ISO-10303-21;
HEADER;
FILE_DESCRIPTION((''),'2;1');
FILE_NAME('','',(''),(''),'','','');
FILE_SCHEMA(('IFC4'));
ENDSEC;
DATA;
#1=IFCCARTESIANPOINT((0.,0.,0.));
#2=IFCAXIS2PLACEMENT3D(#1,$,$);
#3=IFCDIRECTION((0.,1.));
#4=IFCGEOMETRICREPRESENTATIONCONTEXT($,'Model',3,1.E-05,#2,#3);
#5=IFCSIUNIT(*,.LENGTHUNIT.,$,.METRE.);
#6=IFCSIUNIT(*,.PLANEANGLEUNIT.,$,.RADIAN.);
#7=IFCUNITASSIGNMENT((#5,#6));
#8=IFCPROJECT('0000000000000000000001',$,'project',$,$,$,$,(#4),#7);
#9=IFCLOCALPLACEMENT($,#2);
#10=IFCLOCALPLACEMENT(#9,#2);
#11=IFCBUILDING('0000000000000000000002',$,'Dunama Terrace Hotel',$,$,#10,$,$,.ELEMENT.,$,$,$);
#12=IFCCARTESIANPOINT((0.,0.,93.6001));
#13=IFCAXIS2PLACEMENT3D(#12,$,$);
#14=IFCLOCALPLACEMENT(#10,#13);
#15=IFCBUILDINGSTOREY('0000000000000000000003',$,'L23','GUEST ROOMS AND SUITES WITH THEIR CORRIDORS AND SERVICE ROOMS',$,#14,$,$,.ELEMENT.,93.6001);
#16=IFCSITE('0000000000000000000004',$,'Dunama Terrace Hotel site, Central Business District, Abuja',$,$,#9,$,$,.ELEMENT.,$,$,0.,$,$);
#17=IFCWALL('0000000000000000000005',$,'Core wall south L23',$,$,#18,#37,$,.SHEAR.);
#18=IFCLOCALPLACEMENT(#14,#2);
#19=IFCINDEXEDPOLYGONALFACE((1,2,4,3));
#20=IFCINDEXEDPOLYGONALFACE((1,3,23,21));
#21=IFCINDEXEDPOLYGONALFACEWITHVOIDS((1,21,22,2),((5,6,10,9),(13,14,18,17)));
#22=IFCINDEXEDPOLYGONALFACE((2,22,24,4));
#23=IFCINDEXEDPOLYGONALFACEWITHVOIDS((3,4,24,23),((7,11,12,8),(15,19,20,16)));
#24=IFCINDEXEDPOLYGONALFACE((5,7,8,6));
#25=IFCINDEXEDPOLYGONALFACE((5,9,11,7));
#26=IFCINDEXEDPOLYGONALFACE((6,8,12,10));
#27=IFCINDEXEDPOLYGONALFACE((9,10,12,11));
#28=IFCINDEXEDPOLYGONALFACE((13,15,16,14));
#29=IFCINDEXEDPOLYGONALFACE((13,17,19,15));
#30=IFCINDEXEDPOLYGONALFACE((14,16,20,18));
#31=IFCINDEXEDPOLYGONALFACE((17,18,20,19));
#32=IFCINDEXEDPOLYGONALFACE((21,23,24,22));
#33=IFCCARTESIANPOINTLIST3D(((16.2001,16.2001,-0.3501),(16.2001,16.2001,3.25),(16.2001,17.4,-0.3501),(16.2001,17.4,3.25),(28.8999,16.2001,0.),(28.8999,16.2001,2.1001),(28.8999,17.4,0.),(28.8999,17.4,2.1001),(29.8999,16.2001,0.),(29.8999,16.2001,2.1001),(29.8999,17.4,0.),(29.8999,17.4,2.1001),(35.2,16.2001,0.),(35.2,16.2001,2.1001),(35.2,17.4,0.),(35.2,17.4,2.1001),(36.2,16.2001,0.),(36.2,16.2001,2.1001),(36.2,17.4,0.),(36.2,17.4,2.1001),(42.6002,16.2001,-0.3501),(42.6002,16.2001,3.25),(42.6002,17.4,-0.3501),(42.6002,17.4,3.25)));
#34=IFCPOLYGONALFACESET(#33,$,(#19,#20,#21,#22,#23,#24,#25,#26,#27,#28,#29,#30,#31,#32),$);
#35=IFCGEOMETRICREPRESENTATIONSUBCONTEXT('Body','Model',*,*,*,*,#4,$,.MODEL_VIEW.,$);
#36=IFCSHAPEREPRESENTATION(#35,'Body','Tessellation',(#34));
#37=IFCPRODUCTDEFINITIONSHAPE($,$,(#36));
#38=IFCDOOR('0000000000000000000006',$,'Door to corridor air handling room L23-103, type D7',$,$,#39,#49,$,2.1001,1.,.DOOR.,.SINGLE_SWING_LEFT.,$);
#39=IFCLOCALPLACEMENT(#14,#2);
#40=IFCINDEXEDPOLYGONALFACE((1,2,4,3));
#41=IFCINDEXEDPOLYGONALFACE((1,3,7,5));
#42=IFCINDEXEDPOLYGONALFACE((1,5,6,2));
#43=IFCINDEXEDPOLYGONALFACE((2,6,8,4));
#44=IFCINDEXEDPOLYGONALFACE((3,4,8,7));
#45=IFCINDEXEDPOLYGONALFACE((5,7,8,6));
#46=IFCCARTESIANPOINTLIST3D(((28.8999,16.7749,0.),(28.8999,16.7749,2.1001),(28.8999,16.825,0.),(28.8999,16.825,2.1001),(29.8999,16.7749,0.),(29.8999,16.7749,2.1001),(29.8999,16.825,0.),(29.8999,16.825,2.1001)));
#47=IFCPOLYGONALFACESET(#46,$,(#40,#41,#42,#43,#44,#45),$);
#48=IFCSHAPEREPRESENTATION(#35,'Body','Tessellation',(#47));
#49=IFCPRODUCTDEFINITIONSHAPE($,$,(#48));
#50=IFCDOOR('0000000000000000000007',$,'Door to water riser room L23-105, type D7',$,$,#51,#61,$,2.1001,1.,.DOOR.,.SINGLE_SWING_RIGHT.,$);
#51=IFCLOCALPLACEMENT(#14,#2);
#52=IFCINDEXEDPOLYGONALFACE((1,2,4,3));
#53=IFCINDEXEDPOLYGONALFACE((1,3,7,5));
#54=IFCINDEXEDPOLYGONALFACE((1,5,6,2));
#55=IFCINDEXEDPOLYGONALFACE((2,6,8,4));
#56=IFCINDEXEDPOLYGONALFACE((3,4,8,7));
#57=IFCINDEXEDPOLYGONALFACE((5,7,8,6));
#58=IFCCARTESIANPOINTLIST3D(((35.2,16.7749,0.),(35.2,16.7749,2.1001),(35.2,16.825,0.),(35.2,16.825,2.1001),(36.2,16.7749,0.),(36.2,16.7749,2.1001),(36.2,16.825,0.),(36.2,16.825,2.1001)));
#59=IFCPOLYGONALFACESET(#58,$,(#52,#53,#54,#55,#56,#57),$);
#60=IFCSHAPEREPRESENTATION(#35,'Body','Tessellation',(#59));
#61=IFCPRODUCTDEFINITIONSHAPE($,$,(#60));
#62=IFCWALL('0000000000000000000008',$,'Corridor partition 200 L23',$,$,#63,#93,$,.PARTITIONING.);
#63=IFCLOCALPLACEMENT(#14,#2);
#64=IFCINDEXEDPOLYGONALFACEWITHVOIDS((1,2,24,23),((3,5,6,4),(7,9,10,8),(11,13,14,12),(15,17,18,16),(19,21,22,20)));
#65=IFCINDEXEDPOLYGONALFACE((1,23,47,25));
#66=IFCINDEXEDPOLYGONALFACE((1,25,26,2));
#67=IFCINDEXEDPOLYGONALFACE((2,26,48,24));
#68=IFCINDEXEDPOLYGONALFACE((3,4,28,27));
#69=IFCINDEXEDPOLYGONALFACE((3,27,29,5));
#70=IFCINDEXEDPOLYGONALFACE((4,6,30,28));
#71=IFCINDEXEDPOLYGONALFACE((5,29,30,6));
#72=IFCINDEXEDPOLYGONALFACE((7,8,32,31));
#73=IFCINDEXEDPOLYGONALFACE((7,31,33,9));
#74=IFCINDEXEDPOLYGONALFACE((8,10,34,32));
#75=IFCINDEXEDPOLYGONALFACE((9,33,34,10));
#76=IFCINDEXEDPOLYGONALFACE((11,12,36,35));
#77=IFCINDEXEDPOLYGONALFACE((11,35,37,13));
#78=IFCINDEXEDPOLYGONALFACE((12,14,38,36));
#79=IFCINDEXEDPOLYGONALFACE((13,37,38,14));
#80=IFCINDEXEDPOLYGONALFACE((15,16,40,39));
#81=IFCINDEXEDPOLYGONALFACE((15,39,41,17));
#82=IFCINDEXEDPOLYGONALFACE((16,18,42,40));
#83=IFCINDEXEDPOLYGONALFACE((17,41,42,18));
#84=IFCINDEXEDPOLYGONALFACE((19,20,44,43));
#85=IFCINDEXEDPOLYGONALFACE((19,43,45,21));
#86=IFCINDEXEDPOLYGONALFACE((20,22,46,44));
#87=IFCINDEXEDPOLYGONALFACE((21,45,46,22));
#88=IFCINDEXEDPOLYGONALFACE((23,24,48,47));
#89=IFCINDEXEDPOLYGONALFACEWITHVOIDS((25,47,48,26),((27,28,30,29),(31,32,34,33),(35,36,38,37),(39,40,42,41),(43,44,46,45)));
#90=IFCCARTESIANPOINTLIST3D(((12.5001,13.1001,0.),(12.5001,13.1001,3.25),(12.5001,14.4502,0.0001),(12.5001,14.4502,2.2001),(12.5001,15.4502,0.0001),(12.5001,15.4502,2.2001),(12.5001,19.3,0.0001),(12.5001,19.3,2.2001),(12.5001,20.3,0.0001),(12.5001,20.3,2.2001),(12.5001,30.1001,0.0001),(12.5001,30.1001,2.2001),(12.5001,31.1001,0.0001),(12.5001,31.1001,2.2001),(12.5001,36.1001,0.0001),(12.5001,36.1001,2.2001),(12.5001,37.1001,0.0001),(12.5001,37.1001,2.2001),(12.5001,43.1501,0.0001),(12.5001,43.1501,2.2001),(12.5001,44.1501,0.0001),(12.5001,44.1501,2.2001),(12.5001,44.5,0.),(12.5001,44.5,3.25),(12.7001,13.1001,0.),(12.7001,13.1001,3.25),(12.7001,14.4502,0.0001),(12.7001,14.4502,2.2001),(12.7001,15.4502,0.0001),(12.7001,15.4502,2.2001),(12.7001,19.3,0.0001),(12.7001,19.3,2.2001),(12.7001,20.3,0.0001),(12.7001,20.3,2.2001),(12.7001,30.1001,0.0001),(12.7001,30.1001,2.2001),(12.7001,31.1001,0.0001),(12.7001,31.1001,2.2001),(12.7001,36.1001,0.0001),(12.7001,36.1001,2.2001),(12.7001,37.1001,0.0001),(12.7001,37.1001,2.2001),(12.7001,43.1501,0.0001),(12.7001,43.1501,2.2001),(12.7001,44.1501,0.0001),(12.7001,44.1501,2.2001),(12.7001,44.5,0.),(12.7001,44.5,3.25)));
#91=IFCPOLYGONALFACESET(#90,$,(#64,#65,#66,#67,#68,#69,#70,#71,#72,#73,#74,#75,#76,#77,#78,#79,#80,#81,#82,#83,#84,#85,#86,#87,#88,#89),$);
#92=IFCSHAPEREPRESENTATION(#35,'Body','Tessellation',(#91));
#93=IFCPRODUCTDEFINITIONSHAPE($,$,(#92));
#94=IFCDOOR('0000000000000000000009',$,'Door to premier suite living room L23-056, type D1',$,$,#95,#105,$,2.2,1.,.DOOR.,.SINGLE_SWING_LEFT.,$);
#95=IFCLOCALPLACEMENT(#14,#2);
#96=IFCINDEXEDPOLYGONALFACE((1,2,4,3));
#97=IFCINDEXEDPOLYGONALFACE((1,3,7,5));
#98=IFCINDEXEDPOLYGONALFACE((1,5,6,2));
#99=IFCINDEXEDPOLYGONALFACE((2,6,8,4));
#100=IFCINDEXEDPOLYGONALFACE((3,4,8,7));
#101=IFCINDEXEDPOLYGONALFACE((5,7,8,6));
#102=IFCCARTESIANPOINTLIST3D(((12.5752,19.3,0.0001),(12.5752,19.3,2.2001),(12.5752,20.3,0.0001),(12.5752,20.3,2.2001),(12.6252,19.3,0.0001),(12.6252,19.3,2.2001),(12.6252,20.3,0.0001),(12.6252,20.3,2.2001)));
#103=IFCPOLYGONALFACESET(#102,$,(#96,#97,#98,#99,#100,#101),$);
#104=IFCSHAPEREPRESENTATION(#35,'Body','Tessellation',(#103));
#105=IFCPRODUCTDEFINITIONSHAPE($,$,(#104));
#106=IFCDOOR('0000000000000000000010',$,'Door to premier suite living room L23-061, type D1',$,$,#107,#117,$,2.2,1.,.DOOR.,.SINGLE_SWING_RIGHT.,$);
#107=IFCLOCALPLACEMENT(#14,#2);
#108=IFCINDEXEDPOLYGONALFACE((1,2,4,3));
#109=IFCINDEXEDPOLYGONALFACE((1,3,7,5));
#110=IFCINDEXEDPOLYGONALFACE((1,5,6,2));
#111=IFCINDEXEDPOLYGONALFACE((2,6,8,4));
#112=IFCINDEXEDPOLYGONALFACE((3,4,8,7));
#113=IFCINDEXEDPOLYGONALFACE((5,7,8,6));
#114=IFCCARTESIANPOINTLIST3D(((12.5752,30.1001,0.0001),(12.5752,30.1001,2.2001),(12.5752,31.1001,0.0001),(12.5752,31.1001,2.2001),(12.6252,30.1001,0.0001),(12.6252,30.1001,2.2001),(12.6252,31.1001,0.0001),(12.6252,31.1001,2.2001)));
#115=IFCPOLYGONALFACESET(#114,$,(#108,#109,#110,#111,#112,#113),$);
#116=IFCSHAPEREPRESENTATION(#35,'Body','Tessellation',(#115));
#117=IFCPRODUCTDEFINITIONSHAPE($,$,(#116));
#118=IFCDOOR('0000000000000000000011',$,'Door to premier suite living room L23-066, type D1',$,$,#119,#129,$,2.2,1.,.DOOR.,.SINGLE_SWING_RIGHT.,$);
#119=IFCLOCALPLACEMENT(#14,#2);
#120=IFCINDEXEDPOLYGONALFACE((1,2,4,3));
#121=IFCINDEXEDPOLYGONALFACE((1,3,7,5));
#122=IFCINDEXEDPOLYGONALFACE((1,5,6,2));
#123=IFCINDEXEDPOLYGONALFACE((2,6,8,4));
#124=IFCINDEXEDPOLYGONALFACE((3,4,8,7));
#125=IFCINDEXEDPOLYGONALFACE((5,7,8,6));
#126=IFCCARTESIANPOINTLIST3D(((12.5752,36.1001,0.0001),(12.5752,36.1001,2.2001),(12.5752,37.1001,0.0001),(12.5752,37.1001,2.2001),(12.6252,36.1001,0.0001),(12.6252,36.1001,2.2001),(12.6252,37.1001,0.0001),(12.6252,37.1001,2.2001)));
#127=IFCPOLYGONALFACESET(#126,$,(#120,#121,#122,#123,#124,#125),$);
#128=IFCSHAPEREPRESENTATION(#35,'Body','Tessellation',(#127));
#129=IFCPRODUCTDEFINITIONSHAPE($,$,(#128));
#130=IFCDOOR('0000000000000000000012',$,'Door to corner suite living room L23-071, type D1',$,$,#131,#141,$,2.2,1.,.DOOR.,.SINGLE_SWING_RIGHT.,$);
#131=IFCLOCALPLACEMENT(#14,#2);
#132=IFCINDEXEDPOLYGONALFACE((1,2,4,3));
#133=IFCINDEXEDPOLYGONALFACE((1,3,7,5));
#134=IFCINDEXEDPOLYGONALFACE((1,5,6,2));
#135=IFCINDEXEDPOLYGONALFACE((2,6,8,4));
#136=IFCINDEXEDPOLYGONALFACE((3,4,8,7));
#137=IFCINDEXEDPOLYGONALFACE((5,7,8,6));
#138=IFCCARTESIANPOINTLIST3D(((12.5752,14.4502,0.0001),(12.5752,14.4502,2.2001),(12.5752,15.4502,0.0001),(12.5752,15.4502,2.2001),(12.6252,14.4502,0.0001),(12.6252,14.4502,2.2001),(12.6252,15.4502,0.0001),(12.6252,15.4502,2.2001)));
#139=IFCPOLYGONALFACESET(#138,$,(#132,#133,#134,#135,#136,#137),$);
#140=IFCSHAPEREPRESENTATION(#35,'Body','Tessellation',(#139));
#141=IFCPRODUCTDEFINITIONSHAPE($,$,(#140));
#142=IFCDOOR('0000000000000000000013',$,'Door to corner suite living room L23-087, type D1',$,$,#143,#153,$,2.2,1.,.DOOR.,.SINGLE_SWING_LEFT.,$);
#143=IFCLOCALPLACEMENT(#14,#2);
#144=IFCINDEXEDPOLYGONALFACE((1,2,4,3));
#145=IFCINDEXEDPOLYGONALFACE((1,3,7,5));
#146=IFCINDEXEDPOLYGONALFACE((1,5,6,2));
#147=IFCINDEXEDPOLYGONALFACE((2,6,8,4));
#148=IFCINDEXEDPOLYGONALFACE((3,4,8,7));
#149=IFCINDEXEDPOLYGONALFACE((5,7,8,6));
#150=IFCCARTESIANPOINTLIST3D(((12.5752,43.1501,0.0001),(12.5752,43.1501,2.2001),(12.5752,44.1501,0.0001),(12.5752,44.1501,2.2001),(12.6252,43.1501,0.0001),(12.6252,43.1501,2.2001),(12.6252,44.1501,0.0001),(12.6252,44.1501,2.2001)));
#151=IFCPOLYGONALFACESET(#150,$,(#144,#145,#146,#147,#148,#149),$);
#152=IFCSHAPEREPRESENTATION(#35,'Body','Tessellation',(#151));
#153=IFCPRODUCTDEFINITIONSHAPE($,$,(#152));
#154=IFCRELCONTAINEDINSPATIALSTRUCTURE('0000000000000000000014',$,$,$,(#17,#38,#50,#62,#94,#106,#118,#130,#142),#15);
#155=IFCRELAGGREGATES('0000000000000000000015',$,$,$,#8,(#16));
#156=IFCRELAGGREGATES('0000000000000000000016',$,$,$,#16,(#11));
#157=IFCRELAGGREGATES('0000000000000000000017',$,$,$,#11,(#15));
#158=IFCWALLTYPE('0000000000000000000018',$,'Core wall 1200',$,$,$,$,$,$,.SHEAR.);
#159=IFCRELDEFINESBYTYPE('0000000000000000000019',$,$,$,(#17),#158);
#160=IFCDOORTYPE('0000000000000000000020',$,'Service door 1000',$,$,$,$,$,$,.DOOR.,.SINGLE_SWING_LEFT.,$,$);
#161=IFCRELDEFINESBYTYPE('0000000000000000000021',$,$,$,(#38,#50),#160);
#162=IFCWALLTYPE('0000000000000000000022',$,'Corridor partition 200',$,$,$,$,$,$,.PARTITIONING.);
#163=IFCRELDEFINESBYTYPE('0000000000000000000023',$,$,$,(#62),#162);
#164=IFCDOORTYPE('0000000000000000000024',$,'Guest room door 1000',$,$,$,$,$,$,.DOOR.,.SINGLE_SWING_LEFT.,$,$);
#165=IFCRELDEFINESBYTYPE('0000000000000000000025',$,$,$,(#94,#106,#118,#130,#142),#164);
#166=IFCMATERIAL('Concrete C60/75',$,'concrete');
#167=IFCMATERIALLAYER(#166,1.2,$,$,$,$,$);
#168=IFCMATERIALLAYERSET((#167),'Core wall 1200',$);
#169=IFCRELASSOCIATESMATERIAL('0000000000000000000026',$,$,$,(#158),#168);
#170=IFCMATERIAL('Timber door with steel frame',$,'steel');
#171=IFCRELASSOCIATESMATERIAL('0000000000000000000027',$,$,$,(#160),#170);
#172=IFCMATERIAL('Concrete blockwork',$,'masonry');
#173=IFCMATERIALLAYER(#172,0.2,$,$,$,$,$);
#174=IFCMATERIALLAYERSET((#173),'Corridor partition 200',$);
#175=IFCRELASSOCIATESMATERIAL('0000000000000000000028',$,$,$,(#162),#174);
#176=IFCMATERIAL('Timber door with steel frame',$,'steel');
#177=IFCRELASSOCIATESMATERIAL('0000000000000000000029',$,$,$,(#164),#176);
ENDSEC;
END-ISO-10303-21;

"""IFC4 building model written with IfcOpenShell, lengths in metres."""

from ifc_helpers import new_model, si_unit, direction, frame, frame_2d, origin, place, context, subcontext, project, spatial, rectangle, extrude, material, layer, layer_set, type_object, element, fill, save


model = new_model("IFC4")

# Units and contexts
model_context = context("Model", 3, precision=1e-05, world=origin(), true_north=direction((0.0, 1.0)))
body_context = subcontext(model_context, "Body", "Model", "MODEL_VIEW")
ifc_project = project(units=[si_unit("LENGTHUNIT", "METRE"), si_unit("PLANEANGLEUNIT", "RADIAN")], contexts=[model_context])

# Site, building, storey
site_placement = place(None, origin())
site = spatial("IfcSite", under=ifc_project, at=site_placement, Name="Dunama Terrace Hotel site, Central Business District, Abuja", CompositionType="ELEMENT", RefElevation=0.0)
building_placement = place(site_placement, origin())
building = spatial("IfcBuilding", under=site, at=building_placement, Name="Dunama Terrace Hotel", CompositionType="ELEMENT")
storey_placement = place(building_placement, frame((0.0, 0.0, 93.6001)))
storey = spatial("IfcBuildingStorey", under=building, at=storey_placement, Name="L23", Description="GUEST ROOMS AND SUITES WITH THEIR CORRIDORS AND SERVICE ROOMS", CompositionType="ELEMENT", Elevation=93.6001)

# Walls, openings, doors
ifc_material_1 = material(Name="Concrete C60/75", Category="concrete")
ifc_layer_1 = layer(ifc_material_1, 1.2)
ifc_layer_set_1 = layer_set([ifc_layer_1], Name="Core wall 1200")
wall_type_1 = type_object("IfcWallType", Name="Core wall 1200", PredefinedType="SHEAR", material=ifc_layer_set_1)
wall_1_placement = place(storey_placement, frame((16.2, 16.8, -0.3501), z_axis=(0.0, 0.0, 1.0), x_axis=(1.0, 0.0, 0.0)))
wall_1 = element("IfcWall", 1, at=wall_1_placement, inside=storey, type_object=wall_type_1, Name="Core wall south L23", PredefinedType="SHEAR", context=body_context, shape_type="SweptSolid", body=[
    extrude(rectangle(XDim=26.4001, YDim=1.2, at=frame_2d((13.2002, 0.0))), origin(), (0.0, 0.0, 1.0), 3.6001),
])
opening_1_placement = place(wall_1_placement, frame((12.7, 0.0, 0.3501)))
opening_1 = element("IfcOpeningElement", 2, at=opening_1_placement, cuts=wall_1, PredefinedType="OPENING", context=body_context, shape_type="SweptSolid", body=[
    extrude(rectangle(XDim=1.0, YDim=2.1001, at=frame_2d((0.5, 1.05))), frame((0.0, 0.6099, 0.0), z_axis=(0.0, -1.0, 0.0), x_axis=(1.0, 0.0, 0.0)), (0.0, 0.0, 1.0), 1.22),
])
opening_2_placement = place(wall_1_placement, frame((19.0, 0.0, 0.3501)))
opening_2 = element("IfcOpeningElement", 3, at=opening_2_placement, cuts=wall_1, PredefinedType="OPENING", context=body_context, shape_type="SweptSolid", body=[
    extrude(rectangle(XDim=1.0, YDim=2.1001, at=frame_2d((0.5, 1.05))), frame((0.0, 0.6099, 0.0), z_axis=(0.0, -1.0, 0.0), x_axis=(1.0, 0.0, 0.0)), (0.0, 0.0, 1.0), 1.22),
])
ifc_material_2 = material(Name="Timber door with steel frame", Category="steel")
door_type_1 = type_object("IfcDoorType", Name="Service door 1000", OperationType="SINGLE_SWING_LEFT", PredefinedType="DOOR", material=ifc_material_2)
door_1_placement = place(opening_1_placement, origin())
door_1 = element("IfcDoor", 4, at=door_1_placement, inside=storey, type_object=door_type_1, Name="Door to corridor air handling room L23-103, type D7", OperationType="SINGLE_SWING_LEFT", OverallHeight=2.1001, OverallWidth=1.0, PredefinedType="DOOR", context=body_context, shape_type="SweptSolid", body=[
    extrude(rectangle(XDim=1.0, YDim=2.1001, at=frame_2d((0.5, 1.05))), frame((0.0, 0.0249, 0.0), z_axis=(0.0, -1.0, 0.0), x_axis=(1.0, 0.0, 0.0)), (0.0, 0.0, 1.0), 0.05),
])
fill(opening_1, door_1)
door_2_placement = place(opening_2_placement, origin())
door_2 = element("IfcDoor", 5, at=door_2_placement, inside=storey, type_object=door_type_1, Name="Door to water riser room L23-105, type D7", OperationType="SINGLE_SWING_RIGHT", OverallHeight=2.1001, OverallWidth=1.0, PredefinedType="DOOR", context=body_context, shape_type="SweptSolid", body=[
    extrude(rectangle(XDim=1.0, YDim=2.1001, at=frame_2d((0.5, 1.05))), frame((0.0, 0.0249, 0.0), z_axis=(0.0, -1.0, 0.0), x_axis=(1.0, 0.0, 0.0)), (0.0, 0.0, 1.0), 0.05),
])
fill(opening_2, door_2)
ifc_material_3 = material(Name="Concrete blockwork", Category="masonry")
ifc_layer_2 = layer(ifc_material_3, 0.2)
ifc_layer_set_2 = layer_set([ifc_layer_2], Name="Corridor partition 200")
wall_type_2 = type_object("IfcWallType", Name="Corridor partition 200", PredefinedType="PARTITIONING", material=ifc_layer_set_2)
wall_2_placement = place(storey_placement, frame((12.6001, 13.1001, 0.0), z_axis=(0.0, 0.0, 1.0), x_axis=(0.0, 1.0, 0.0)))
wall_2 = element("IfcWall", 6, at=wall_2_placement, inside=storey, type_object=wall_type_2, Name="Corridor partition 200 L23", PredefinedType="PARTITIONING", context=body_context, shape_type="SweptSolid", body=[
    extrude(rectangle(XDim=31.3999, YDim=0.2, at=frame_2d((15.7, 0.0))), origin(), (0.0, 0.0, 1.0), 3.25),
])
opening_3_placement = place(wall_2_placement, frame((6.2, 0.0, 0.0)))
opening_3 = element("IfcOpeningElement", 7, at=opening_3_placement, cuts=wall_2, PredefinedType="OPENING", context=body_context, shape_type="SweptSolid", body=[
    extrude(rectangle(XDim=1.0, YDim=2.2, at=frame_2d((0.5, 1.1001))), frame((0.0, 0.1099, 0.0), z_axis=(0.0, -1.0, 0.0), x_axis=(1.0, 0.0, 0.0)), (0.0, 0.0, 1.0), 0.22),
])
opening_4_placement = place(wall_2_placement, frame((17.0, 0.0, 0.0)))
opening_4 = element("IfcOpeningElement", 8, at=opening_4_placement, cuts=wall_2, PredefinedType="OPENING", context=body_context, shape_type="SweptSolid", body=[
    extrude(rectangle(XDim=1.0, YDim=2.2, at=frame_2d((0.5, 1.1001))), frame((0.0, 0.1099, 0.0), z_axis=(0.0, -1.0, 0.0), x_axis=(1.0, 0.0, 0.0)), (0.0, 0.0, 1.0), 0.22),
])
opening_5_placement = place(wall_2_placement, frame((23.0, 0.0, 0.0)))
opening_5 = element("IfcOpeningElement", 9, at=opening_5_placement, cuts=wall_2, PredefinedType="OPENING", context=body_context, shape_type="SweptSolid", body=[
    extrude(rectangle(XDim=1.0, YDim=2.2, at=frame_2d((0.5, 1.1001))), frame((0.0, 0.1099, 0.0), z_axis=(0.0, -1.0, 0.0), x_axis=(1.0, 0.0, 0.0)), (0.0, 0.0, 1.0), 0.22),
])
opening_6_placement = place(wall_2_placement, frame((1.3501, 0.0, 0.0)))
opening_6 = element("IfcOpeningElement", 10, at=opening_6_placement, cuts=wall_2, PredefinedType="OPENING", context=body_context, shape_type="SweptSolid", body=[
    extrude(rectangle(XDim=1.0, YDim=2.2, at=frame_2d((0.5, 1.1001))), frame((0.0, 0.1099, 0.0), z_axis=(0.0, -1.0, 0.0), x_axis=(1.0, 0.0, 0.0)), (0.0, 0.0, 1.0), 0.22),
])
opening_7_placement = place(wall_2_placement, frame((30.05, 0.0, 0.0)))
opening_7 = element("IfcOpeningElement", 11, at=opening_7_placement, cuts=wall_2, PredefinedType="OPENING", context=body_context, shape_type="SweptSolid", body=[
    extrude(rectangle(XDim=1.0, YDim=2.2, at=frame_2d((0.5, 1.1001))), frame((0.0, 0.1099, 0.0), z_axis=(0.0, -1.0, 0.0), x_axis=(1.0, 0.0, 0.0)), (0.0, 0.0, 1.0), 0.22),
])
ifc_material_4 = material(Name="Timber door with steel frame", Category="steel")
door_type_2 = type_object("IfcDoorType", Name="Guest room door 1000", OperationType="SINGLE_SWING_LEFT", PredefinedType="DOOR", material=ifc_material_4)
door_3_placement = place(opening_3_placement, origin())
door_3 = element("IfcDoor", 12, at=door_3_placement, inside=storey, type_object=door_type_2, Name="Door to premier suite living room L23-056, type D1", OperationType="SINGLE_SWING_LEFT", OverallHeight=2.2, OverallWidth=1.0, PredefinedType="DOOR", context=body_context, shape_type="SweptSolid", body=[
    extrude(rectangle(XDim=1.0, YDim=2.2, at=frame_2d((0.5, 1.1001))), frame((0.0, 0.0249, 0.0), z_axis=(0.0, -1.0, 0.0), x_axis=(1.0, 0.0, 0.0)), (0.0, 0.0, 1.0), 0.05),
])
fill(opening_3, door_3)
door_4_placement = place(opening_4_placement, origin())
door_4 = element("IfcDoor", 13, at=door_4_placement, inside=storey, type_object=door_type_2, Name="Door to premier suite living room L23-061, type D1", OperationType="SINGLE_SWING_RIGHT", OverallHeight=2.2, OverallWidth=1.0, PredefinedType="DOOR", context=body_context, shape_type="SweptSolid", body=[
    extrude(rectangle(XDim=1.0, YDim=2.2, at=frame_2d((0.5, 1.1001))), frame((0.0, 0.0249, 0.0), z_axis=(0.0, -1.0, 0.0), x_axis=(1.0, 0.0, 0.0)), (0.0, 0.0, 1.0), 0.05),
])
fill(opening_4, door_4)
door_5_placement = place(opening_5_placement, origin())
door_5 = element("IfcDoor", 14, at=door_5_placement, inside=storey, type_object=door_type_2, Name="Door to premier suite living room L23-066, type D1", OperationType="SINGLE_SWING_RIGHT", OverallHeight=2.2, OverallWidth=1.0, PredefinedType="DOOR", context=body_context, shape_type="SweptSolid", body=[
    extrude(rectangle(XDim=1.0, YDim=2.2, at=frame_2d((0.5, 1.1001))), frame((0.0, 0.0249, 0.0), z_axis=(0.0, -1.0, 0.0), x_axis=(1.0, 0.0, 0.0)), (0.0, 0.0, 1.0), 0.05),
])
fill(opening_5, door_5)
door_6_placement = place(opening_6_placement, origin())
door_6 = element("IfcDoor", 15, at=door_6_placement, inside=storey, type_object=door_type_2, Name="Door to corner suite living room L23-071, type D1", OperationType="SINGLE_SWING_RIGHT", OverallHeight=2.2, OverallWidth=1.0, PredefinedType="DOOR", context=body_context, shape_type="SweptSolid", body=[
    extrude(rectangle(XDim=1.0, YDim=2.2, at=frame_2d((0.5, 1.1001))), frame((0.0, 0.0249, 0.0), z_axis=(0.0, -1.0, 0.0), x_axis=(1.0, 0.0, 0.0)), (0.0, 0.0, 1.0), 0.05),
])
fill(opening_6, door_6)
door_7_placement = place(opening_7_placement, origin())
door_7 = element("IfcDoor", 16, at=door_7_placement, inside=storey, type_object=door_type_2, Name="Door to corner suite living room L23-087, type D1", OperationType="SINGLE_SWING_LEFT", OverallHeight=2.2, OverallWidth=1.0, PredefinedType="DOOR", context=body_context, shape_type="SweptSolid", body=[
    extrude(rectangle(XDim=1.0, YDim=2.2, at=frame_2d((0.5, 1.1001))), frame((0.0, 0.0249, 0.0), z_axis=(0.0, -1.0, 0.0), x_axis=(1.0, 0.0, 0.0)), (0.0, 0.0, 1.0), 0.05),
])
fill(opening_7, door_7)

save(model, "model.ifc")
